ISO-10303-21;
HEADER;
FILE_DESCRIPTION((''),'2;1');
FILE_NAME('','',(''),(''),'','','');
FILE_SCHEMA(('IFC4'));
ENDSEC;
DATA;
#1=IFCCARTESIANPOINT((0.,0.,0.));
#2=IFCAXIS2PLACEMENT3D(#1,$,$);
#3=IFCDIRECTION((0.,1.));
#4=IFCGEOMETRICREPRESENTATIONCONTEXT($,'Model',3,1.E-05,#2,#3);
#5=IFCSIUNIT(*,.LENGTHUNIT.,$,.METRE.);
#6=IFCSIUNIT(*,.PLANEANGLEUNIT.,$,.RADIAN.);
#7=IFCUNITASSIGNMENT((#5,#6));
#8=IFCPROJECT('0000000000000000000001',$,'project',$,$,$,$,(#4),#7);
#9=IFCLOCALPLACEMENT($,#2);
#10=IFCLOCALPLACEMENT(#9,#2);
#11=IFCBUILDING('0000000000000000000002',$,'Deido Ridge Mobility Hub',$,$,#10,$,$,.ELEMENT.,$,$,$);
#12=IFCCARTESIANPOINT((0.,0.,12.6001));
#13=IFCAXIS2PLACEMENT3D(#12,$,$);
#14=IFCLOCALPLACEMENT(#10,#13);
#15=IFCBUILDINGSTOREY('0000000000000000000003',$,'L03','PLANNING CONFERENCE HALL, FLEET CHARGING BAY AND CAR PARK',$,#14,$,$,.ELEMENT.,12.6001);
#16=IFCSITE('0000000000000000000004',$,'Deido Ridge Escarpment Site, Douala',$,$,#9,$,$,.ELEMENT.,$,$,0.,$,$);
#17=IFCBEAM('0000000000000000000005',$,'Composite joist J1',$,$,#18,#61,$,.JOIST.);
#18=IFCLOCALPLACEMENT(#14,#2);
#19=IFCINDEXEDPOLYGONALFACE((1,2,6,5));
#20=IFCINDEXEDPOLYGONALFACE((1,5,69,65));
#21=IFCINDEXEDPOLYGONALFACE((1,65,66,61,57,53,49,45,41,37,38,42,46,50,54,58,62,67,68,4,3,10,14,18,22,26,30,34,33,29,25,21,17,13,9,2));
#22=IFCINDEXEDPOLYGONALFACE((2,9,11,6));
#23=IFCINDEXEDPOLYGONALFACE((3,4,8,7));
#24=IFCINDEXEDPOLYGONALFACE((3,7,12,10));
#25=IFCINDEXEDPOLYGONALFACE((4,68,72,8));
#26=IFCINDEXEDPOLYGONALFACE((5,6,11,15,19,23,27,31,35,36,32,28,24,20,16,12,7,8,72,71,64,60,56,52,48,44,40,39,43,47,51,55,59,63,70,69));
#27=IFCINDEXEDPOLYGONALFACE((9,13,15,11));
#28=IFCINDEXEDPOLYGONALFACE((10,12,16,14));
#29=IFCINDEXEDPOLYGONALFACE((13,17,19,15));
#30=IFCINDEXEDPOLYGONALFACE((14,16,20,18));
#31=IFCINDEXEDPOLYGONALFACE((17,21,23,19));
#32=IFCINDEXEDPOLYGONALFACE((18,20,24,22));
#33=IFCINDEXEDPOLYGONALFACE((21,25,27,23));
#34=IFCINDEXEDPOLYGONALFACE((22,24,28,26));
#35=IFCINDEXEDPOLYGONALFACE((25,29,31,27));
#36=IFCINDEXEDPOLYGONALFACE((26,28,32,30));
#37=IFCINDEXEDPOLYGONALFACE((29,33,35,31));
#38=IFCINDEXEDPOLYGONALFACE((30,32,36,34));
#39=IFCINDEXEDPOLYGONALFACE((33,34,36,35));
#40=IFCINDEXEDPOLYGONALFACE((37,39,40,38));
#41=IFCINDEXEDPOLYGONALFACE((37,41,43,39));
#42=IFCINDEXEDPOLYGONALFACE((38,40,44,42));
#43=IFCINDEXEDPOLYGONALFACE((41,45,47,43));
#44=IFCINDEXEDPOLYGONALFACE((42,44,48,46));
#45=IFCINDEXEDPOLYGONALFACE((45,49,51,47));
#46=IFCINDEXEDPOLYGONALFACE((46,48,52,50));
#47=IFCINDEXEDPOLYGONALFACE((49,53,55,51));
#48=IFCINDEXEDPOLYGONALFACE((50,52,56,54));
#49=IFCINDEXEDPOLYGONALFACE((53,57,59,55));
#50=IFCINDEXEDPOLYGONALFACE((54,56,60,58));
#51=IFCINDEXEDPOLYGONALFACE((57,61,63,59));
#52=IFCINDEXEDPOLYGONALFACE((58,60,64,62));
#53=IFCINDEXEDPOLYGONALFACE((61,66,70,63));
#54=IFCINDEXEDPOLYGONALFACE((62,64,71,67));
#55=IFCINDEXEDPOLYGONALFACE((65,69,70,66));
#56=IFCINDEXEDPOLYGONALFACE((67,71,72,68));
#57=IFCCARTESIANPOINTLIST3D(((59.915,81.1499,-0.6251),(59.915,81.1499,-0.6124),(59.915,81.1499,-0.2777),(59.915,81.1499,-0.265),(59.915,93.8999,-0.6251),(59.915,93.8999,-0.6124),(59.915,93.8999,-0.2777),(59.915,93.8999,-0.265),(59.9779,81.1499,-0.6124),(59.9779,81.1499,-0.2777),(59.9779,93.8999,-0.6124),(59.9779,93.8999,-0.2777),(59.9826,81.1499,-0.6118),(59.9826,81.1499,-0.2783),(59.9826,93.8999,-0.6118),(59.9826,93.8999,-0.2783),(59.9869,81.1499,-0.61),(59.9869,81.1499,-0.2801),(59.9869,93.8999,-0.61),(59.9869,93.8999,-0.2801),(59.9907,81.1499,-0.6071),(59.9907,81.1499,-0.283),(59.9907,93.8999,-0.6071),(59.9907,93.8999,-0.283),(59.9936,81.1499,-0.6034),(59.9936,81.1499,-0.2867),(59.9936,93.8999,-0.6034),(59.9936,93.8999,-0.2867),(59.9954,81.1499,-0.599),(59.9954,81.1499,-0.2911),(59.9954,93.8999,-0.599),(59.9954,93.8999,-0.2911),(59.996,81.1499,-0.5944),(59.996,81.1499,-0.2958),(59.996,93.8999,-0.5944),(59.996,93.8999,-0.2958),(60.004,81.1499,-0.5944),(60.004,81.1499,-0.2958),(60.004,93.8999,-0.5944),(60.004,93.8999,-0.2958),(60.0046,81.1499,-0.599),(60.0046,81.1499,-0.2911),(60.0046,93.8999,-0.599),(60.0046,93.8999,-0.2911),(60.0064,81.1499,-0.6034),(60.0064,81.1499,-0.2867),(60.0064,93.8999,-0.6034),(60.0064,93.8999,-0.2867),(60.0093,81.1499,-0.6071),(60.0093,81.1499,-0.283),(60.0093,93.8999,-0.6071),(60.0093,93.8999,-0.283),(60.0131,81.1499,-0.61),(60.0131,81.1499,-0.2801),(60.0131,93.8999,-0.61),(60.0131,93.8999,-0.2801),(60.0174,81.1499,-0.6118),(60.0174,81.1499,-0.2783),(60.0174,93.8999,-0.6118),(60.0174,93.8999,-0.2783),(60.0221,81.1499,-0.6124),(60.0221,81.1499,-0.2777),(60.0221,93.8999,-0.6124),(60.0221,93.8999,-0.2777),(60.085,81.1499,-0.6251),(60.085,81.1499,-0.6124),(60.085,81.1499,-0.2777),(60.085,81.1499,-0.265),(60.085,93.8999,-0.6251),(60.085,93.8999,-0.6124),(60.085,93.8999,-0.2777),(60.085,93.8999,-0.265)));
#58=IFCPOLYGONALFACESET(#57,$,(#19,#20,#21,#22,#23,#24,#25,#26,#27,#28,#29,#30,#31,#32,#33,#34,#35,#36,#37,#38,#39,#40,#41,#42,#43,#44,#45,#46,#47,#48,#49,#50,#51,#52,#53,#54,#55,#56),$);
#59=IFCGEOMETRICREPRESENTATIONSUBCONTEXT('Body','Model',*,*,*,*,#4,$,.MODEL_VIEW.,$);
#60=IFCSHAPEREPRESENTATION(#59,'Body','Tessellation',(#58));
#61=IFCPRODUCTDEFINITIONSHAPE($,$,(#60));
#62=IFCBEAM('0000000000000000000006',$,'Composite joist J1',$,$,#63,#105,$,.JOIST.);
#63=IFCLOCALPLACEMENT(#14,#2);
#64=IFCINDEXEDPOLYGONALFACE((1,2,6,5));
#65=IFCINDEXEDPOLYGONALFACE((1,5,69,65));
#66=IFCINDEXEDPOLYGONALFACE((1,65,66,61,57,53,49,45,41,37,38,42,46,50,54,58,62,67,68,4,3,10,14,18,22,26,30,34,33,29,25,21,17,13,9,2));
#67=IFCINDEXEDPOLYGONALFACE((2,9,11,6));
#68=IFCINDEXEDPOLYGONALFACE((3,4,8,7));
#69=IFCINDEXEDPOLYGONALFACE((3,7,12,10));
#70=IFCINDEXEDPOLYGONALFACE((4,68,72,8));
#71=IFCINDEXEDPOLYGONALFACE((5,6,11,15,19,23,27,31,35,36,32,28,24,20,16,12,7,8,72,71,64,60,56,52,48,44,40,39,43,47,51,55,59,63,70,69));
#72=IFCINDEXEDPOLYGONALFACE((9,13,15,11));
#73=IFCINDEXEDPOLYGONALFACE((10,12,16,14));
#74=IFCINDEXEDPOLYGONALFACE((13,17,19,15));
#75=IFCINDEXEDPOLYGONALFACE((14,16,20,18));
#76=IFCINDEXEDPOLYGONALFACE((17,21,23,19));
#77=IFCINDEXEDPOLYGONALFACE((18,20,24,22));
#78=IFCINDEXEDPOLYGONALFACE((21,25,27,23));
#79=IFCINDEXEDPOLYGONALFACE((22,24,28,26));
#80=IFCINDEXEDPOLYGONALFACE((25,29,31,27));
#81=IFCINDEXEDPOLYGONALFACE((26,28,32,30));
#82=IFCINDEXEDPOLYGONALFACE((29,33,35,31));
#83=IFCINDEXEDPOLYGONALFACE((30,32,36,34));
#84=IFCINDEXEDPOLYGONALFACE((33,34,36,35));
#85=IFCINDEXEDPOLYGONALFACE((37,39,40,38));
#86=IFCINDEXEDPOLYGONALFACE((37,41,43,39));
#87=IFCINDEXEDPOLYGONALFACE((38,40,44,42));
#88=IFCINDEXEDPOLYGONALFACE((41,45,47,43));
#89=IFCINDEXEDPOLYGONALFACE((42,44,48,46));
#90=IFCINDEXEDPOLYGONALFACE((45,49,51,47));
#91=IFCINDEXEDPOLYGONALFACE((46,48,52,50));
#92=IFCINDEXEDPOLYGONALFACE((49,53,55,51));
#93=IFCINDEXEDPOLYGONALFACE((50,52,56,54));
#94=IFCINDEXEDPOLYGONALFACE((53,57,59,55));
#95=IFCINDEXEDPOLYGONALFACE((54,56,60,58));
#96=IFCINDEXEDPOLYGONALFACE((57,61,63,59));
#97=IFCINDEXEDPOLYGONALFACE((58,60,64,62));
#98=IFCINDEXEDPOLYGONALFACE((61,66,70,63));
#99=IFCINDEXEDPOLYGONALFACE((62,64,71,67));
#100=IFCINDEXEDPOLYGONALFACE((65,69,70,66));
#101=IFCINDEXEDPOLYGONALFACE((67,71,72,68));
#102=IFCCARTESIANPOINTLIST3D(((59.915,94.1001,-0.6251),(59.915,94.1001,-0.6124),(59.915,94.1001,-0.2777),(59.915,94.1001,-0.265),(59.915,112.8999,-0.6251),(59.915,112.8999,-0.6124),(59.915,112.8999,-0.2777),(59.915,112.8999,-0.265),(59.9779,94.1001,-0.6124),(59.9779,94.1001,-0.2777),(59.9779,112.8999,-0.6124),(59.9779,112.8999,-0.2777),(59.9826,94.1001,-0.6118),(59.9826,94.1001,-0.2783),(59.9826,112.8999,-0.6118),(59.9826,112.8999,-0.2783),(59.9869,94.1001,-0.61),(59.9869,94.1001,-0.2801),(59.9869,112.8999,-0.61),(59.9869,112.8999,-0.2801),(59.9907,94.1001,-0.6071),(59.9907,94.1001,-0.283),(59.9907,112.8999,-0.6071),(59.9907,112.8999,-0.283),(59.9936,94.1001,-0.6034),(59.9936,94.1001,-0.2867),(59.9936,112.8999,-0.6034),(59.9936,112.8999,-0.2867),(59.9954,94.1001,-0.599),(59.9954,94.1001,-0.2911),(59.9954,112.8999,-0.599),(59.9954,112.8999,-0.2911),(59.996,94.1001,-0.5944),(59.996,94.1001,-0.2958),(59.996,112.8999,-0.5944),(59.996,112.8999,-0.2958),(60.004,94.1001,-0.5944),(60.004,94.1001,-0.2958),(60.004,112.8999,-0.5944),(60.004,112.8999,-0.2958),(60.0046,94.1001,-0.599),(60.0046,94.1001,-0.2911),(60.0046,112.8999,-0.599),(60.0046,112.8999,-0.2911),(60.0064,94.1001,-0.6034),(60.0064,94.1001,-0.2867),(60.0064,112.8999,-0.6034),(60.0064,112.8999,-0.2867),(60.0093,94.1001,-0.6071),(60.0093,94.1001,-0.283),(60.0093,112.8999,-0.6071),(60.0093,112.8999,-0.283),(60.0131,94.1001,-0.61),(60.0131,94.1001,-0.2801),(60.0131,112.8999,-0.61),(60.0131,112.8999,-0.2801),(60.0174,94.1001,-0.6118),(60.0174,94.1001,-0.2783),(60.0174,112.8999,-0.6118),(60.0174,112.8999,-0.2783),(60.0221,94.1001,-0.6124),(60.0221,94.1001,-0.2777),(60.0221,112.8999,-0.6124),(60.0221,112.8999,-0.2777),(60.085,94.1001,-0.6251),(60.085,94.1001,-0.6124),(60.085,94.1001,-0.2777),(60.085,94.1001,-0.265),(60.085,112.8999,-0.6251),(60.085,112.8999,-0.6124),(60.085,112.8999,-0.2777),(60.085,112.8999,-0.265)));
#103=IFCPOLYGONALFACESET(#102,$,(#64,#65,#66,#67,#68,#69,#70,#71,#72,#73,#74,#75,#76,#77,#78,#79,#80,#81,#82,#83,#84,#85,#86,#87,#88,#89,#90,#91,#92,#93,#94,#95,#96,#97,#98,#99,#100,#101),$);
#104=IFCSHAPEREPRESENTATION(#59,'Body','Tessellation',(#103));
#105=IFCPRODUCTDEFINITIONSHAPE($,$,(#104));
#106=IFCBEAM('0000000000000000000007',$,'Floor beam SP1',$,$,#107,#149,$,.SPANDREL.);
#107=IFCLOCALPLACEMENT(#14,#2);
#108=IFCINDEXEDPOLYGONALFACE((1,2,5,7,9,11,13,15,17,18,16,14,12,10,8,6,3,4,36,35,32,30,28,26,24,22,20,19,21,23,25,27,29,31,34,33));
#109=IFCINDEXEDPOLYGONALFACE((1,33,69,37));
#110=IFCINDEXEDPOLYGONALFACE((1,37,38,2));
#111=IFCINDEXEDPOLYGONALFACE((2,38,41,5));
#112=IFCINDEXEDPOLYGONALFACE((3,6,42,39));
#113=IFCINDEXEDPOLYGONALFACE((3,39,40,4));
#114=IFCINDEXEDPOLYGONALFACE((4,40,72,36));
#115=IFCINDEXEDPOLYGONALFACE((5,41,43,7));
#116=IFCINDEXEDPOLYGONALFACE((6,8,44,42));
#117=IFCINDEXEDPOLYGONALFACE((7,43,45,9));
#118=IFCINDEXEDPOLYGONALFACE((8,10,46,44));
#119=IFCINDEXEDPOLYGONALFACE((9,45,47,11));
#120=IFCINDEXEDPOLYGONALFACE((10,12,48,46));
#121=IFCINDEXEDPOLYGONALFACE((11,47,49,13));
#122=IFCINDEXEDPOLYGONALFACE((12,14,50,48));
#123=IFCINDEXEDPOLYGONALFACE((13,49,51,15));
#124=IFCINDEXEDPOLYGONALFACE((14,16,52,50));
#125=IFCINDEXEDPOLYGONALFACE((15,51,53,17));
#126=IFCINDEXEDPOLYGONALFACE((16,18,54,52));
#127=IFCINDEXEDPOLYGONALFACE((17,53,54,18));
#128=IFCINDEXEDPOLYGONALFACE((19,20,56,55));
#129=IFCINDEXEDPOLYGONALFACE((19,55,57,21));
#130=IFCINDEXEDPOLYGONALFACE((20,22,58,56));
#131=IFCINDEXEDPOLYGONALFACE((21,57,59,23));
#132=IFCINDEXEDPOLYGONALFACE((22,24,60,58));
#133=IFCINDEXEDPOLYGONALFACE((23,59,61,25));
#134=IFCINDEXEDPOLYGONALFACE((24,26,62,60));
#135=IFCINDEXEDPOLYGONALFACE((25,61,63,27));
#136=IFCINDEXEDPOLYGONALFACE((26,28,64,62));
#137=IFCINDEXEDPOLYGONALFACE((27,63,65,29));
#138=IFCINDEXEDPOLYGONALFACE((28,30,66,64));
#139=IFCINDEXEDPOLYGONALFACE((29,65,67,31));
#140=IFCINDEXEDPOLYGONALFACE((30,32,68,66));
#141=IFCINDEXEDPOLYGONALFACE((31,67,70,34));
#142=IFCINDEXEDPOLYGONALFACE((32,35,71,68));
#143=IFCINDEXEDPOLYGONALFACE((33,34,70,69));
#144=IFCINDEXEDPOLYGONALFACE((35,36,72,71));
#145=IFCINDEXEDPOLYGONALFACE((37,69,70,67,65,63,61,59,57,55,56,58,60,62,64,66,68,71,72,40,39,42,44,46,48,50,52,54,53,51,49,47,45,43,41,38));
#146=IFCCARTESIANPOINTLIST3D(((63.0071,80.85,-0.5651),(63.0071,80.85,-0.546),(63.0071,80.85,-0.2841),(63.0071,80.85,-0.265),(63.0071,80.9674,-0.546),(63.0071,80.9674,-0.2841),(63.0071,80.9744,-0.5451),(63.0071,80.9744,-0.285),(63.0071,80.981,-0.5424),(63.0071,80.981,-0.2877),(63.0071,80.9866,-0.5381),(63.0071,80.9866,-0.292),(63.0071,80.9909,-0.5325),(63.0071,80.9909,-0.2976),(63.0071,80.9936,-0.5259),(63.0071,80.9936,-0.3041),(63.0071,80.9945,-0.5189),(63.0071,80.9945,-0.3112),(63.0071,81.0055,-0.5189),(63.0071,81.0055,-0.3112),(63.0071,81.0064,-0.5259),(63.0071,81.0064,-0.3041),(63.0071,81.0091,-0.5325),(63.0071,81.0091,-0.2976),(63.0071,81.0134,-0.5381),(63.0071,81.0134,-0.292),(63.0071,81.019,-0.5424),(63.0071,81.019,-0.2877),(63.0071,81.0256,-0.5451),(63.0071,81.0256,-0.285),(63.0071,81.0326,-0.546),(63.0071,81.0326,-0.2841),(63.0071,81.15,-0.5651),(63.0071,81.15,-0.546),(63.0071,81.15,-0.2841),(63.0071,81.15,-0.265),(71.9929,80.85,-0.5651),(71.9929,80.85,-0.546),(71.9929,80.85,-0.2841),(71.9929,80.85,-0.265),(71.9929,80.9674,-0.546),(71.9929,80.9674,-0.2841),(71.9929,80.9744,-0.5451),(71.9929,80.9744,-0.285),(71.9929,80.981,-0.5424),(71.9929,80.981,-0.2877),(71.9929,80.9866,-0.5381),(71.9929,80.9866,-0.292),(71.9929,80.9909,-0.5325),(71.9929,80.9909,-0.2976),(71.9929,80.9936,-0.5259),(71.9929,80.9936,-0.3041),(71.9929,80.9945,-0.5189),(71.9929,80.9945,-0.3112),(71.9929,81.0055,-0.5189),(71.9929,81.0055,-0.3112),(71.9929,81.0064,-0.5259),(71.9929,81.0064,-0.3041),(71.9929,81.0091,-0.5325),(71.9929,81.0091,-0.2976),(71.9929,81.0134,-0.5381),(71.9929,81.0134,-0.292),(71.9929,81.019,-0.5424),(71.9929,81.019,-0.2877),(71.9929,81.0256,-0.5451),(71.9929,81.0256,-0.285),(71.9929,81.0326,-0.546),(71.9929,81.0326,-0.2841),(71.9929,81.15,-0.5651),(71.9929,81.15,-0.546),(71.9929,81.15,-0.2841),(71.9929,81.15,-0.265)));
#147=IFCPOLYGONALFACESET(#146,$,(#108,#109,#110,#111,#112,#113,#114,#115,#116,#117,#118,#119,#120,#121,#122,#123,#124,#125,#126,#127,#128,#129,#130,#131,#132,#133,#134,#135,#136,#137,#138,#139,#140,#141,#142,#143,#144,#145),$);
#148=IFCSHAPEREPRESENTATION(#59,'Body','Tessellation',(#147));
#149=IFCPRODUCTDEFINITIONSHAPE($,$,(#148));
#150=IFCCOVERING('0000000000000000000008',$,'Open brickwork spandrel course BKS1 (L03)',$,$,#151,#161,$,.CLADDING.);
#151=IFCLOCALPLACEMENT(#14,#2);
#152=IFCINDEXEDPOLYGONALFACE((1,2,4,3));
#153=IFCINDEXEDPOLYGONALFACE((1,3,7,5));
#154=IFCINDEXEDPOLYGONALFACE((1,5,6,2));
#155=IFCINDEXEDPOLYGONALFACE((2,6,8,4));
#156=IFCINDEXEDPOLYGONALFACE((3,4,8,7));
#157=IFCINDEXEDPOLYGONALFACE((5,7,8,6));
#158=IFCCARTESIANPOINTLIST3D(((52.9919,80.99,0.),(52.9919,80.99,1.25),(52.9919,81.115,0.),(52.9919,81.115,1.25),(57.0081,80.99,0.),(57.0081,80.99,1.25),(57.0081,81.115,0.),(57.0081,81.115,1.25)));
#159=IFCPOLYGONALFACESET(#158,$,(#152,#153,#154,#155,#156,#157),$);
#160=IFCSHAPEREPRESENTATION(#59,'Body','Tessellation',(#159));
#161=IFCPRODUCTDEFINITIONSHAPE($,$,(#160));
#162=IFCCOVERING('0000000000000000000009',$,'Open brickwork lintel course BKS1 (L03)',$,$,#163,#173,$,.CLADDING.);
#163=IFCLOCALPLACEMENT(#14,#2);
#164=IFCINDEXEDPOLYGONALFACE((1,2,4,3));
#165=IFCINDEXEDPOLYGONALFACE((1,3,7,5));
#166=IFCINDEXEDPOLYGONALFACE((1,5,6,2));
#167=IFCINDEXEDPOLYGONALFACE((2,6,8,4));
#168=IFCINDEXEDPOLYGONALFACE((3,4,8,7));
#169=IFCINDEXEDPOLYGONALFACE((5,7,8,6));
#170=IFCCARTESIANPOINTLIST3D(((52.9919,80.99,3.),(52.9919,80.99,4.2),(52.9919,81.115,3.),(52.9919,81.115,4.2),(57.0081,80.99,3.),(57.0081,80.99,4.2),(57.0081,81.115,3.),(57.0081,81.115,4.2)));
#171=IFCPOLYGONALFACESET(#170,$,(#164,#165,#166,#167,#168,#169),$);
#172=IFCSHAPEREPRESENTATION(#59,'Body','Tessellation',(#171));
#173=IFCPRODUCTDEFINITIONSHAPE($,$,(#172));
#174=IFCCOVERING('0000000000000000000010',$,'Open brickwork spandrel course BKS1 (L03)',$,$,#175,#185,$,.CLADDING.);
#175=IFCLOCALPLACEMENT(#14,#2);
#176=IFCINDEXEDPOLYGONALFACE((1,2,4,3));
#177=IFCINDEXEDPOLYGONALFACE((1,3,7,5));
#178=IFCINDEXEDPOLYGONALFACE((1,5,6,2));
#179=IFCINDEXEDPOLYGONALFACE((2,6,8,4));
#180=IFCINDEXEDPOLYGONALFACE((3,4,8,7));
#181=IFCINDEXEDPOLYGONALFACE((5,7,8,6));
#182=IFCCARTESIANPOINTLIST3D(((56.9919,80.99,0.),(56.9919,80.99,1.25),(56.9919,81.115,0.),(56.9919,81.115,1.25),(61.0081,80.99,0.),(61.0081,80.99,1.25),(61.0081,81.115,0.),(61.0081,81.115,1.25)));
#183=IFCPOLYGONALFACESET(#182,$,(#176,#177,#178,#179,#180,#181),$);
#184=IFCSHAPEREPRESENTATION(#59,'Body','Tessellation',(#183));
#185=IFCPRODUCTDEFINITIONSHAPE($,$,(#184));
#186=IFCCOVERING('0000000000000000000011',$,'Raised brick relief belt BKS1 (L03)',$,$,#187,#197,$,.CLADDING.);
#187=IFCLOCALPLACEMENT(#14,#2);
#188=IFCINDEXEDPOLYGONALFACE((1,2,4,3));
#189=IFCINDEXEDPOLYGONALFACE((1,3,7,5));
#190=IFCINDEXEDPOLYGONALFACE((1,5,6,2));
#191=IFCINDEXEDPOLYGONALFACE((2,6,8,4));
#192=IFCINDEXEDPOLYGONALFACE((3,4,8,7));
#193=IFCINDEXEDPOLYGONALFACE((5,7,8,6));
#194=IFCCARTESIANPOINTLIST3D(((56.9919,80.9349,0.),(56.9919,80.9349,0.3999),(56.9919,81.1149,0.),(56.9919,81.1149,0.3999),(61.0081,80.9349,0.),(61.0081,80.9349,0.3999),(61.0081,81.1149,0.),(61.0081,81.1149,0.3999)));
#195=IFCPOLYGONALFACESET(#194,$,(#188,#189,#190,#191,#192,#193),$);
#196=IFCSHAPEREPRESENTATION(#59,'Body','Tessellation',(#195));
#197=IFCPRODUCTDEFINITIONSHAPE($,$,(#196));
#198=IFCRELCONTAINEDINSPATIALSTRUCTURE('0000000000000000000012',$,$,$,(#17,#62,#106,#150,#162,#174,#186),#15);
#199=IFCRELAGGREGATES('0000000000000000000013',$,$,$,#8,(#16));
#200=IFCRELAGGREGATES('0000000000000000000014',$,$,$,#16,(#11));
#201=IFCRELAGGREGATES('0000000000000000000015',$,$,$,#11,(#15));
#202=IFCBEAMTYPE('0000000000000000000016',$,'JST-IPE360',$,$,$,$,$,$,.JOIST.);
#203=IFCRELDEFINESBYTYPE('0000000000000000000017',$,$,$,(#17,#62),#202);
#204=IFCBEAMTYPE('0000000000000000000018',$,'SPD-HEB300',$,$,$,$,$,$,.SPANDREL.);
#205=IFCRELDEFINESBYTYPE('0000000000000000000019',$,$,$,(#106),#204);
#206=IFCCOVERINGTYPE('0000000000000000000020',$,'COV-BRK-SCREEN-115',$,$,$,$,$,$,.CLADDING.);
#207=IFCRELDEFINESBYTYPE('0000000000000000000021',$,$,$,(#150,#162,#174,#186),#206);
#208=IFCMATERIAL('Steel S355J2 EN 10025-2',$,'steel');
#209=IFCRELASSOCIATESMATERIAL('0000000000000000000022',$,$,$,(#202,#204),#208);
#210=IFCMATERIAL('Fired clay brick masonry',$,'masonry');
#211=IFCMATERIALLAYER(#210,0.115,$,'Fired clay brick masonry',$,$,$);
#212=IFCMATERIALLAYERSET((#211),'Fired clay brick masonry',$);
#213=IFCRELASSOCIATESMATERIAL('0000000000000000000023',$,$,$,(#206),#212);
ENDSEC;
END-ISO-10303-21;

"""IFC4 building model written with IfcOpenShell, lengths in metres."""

from ifc_helpers import new_model, si_unit, direction, frame, origin, origin_2d, place, context, subcontext, project, spatial, rectangle, i_section, extrude, material, layer, layer_set, material_profile, profile_set, type_object, element, save


model = new_model("IFC4")

# Units and contexts
model_context = context("Model", 3, precision=1e-05, world=origin(), true_north=direction((0.0, 1.0)))
body_context = subcontext(model_context, "Body", "Model", "MODEL_VIEW")
ifc_project = project(units=[si_unit("LENGTHUNIT", "METRE"), si_unit("PLANEANGLEUNIT", "RADIAN")], contexts=[model_context])

# Site, building, storey
site_placement = place(None, origin())
site = spatial("IfcSite", under=ifc_project, at=site_placement, Name="Deido Ridge Escarpment Site, Douala", CompositionType="ELEMENT", RefElevation=0.0)
building_placement = place(site_placement, origin())
building = spatial("IfcBuilding", under=site, at=building_placement, Name="Deido Ridge Mobility Hub", CompositionType="ELEMENT")
storey_placement = place(building_placement, frame((0.0, 0.0, 12.6001)))
storey = spatial("IfcBuildingStorey", under=building, at=storey_placement, Name="L03", Description="PLANNING CONFERENCE HALL, FLEET CHARGING BAY AND CAR PARK", CompositionType="ELEMENT", Elevation=12.6001)

# Shared definitions
ifc_material_1 = material(Name="Steel S355J2 EN 10025-2", Category="steel")

# Beams
ifc_material_profile_1 = material_profile(ifc_material_1, i_section(OverallWidth=0.1699, OverallDepth=0.3601, WebThickness=0.0081, FlangeThickness=0.0127, FilletRadius=0.0181, at=origin_2d()), Name="IPE 360")
ifc_profile_set_1 = profile_set([ifc_material_profile_1], Name="Steel S355J2 EN 10025-2")
beam_type_1 = type_object("IfcBeamType", Name="JST-IPE360", PredefinedType="JOIST", material=ifc_profile_set_1)
beam_1_placement = place(storey_placement, frame((60.0, 81.1499, -0.4451), z_axis=(0.0, 1.0, 0.0), x_axis=(-1.0, 0.0, 0.0)))
element("IfcBeam", 1, at=beam_1_placement, inside=storey, type_object=beam_type_1, Name="Composite joist J1", PredefinedType="JOIST", context=body_context, shape_type="SweptSolid", body=[
    extrude(i_section(OverallWidth=0.1699, OverallDepth=0.3601, WebThickness=0.0081, FlangeThickness=0.0127, FilletRadius=0.0181, at=origin_2d()), origin(), (0.0, 0.0, 1.0), 12.75),
])
beam_2_placement = place(storey_placement, frame((60.0, 94.1001, -0.4451), z_axis=(0.0, 1.0, 0.0), x_axis=(-1.0, 0.0, 0.0)))
element("IfcBeam", 2, at=beam_2_placement, inside=storey, type_object=beam_type_1, Name="Composite joist J1", PredefinedType="JOIST", context=body_context, shape_type="SweptSolid", body=[
    extrude(i_section(OverallWidth=0.1699, OverallDepth=0.3601, WebThickness=0.0081, FlangeThickness=0.0127, FilletRadius=0.0181, at=origin_2d()), origin(), (0.0, 0.0, 1.0), 18.7998),
])
ifc_material_profile_2 = material_profile(ifc_material_1, i_section(OverallWidth=0.3, OverallDepth=0.3, WebThickness=0.011, FlangeThickness=0.019, FilletRadius=0.0271, at=origin_2d()), Name="HEB 300")
ifc_profile_set_2 = profile_set([ifc_material_profile_2], Name="Steel S355J2 EN 10025-2")
beam_type_2 = type_object("IfcBeamType", Name="SPD-HEB300", PredefinedType="SPANDREL", material=ifc_profile_set_2)
beam_3_placement = place(storey_placement, frame((63.0071, 81.0, -0.415), z_axis=(1.0, 0.0, 0.0), x_axis=(0.0, 1.0, 0.0)))
element("IfcBeam", 3, at=beam_3_placement, inside=storey, type_object=beam_type_2, Name="Floor beam SP1", PredefinedType="SPANDREL", context=body_context, shape_type="SweptSolid", body=[
    extrude(i_section(OverallWidth=0.3, OverallDepth=0.3, WebThickness=0.011, FlangeThickness=0.019, FilletRadius=0.0271, at=origin_2d()), origin(), (0.0, 0.0, 1.0), 8.9858),
])

# Coverings
ifc_material_2 = material(Name="Fired clay brick masonry", Category="masonry")
ifc_layer = layer(ifc_material_2, 0.115, Name="Fired clay brick masonry")
ifc_layer_set = layer_set([ifc_layer], Name="Fired clay brick masonry")
covering_type = type_object("IfcCoveringType", Name="COV-BRK-SCREEN-115", PredefinedType="CLADDING", material=ifc_layer_set)
covering_1_placement = place(storey_placement, frame((55.0, 81.0525, 0.0), z_axis=(0.0, 0.0, 1.0), x_axis=(1.0, 0.0, 0.0)))
element("IfcCovering", 4, at=covering_1_placement, inside=storey, type_object=covering_type, Name="Open brickwork spandrel course BKS1 (L03)", PredefinedType="CLADDING", context=body_context, shape_type="SweptSolid", body=[
    extrude(rectangle(XDim=4.0161, YDim=0.125, at=origin_2d()), origin(), (0.0, 0.0, 1.0), 1.25),
])
covering_2_placement = place(storey_placement, frame((55.0, 81.0525, 3.0), z_axis=(0.0, 0.0, 1.0), x_axis=(1.0, 0.0, 0.0)))
element("IfcCovering", 5, at=covering_2_placement, inside=storey, type_object=covering_type, Name="Open brickwork lintel course BKS1 (L03)", PredefinedType="CLADDING", context=body_context, shape_type="SweptSolid", body=[
    extrude(rectangle(XDim=4.0161, YDim=0.125, at=origin_2d()), origin(), (0.0, 0.0, 1.0), 1.2),
])
covering_3_placement = place(storey_placement, frame((59.0, 81.0525, 0.0), z_axis=(0.0, 0.0, 1.0), x_axis=(1.0, 0.0, 0.0)))
element("IfcCovering", 6, at=covering_3_placement, inside=storey, type_object=covering_type, Name="Open brickwork spandrel course BKS1 (L03)", PredefinedType="CLADDING", context=body_context, shape_type="SweptSolid", body=[
    extrude(rectangle(XDim=4.0161, YDim=0.125, at=origin_2d()), origin(), (0.0, 0.0, 1.0), 1.25),
])
covering_4_placement = place(storey_placement, frame((59.0, 81.0249, 0.0), z_axis=(0.0, 0.0, 1.0), x_axis=(1.0, 0.0, 0.0)))
element("IfcCovering", 7, at=covering_4_placement, inside=storey, type_object=covering_type, Name="Raised brick relief belt BKS1 (L03)", PredefinedType="CLADDING", context=body_context, shape_type="SweptSolid", body=[
    extrude(rectangle(XDim=4.0161, YDim=0.1799, at=origin_2d()), origin(), (0.0, 0.0, 1.0), 0.3999),
])

save(model, "model.ifc")
